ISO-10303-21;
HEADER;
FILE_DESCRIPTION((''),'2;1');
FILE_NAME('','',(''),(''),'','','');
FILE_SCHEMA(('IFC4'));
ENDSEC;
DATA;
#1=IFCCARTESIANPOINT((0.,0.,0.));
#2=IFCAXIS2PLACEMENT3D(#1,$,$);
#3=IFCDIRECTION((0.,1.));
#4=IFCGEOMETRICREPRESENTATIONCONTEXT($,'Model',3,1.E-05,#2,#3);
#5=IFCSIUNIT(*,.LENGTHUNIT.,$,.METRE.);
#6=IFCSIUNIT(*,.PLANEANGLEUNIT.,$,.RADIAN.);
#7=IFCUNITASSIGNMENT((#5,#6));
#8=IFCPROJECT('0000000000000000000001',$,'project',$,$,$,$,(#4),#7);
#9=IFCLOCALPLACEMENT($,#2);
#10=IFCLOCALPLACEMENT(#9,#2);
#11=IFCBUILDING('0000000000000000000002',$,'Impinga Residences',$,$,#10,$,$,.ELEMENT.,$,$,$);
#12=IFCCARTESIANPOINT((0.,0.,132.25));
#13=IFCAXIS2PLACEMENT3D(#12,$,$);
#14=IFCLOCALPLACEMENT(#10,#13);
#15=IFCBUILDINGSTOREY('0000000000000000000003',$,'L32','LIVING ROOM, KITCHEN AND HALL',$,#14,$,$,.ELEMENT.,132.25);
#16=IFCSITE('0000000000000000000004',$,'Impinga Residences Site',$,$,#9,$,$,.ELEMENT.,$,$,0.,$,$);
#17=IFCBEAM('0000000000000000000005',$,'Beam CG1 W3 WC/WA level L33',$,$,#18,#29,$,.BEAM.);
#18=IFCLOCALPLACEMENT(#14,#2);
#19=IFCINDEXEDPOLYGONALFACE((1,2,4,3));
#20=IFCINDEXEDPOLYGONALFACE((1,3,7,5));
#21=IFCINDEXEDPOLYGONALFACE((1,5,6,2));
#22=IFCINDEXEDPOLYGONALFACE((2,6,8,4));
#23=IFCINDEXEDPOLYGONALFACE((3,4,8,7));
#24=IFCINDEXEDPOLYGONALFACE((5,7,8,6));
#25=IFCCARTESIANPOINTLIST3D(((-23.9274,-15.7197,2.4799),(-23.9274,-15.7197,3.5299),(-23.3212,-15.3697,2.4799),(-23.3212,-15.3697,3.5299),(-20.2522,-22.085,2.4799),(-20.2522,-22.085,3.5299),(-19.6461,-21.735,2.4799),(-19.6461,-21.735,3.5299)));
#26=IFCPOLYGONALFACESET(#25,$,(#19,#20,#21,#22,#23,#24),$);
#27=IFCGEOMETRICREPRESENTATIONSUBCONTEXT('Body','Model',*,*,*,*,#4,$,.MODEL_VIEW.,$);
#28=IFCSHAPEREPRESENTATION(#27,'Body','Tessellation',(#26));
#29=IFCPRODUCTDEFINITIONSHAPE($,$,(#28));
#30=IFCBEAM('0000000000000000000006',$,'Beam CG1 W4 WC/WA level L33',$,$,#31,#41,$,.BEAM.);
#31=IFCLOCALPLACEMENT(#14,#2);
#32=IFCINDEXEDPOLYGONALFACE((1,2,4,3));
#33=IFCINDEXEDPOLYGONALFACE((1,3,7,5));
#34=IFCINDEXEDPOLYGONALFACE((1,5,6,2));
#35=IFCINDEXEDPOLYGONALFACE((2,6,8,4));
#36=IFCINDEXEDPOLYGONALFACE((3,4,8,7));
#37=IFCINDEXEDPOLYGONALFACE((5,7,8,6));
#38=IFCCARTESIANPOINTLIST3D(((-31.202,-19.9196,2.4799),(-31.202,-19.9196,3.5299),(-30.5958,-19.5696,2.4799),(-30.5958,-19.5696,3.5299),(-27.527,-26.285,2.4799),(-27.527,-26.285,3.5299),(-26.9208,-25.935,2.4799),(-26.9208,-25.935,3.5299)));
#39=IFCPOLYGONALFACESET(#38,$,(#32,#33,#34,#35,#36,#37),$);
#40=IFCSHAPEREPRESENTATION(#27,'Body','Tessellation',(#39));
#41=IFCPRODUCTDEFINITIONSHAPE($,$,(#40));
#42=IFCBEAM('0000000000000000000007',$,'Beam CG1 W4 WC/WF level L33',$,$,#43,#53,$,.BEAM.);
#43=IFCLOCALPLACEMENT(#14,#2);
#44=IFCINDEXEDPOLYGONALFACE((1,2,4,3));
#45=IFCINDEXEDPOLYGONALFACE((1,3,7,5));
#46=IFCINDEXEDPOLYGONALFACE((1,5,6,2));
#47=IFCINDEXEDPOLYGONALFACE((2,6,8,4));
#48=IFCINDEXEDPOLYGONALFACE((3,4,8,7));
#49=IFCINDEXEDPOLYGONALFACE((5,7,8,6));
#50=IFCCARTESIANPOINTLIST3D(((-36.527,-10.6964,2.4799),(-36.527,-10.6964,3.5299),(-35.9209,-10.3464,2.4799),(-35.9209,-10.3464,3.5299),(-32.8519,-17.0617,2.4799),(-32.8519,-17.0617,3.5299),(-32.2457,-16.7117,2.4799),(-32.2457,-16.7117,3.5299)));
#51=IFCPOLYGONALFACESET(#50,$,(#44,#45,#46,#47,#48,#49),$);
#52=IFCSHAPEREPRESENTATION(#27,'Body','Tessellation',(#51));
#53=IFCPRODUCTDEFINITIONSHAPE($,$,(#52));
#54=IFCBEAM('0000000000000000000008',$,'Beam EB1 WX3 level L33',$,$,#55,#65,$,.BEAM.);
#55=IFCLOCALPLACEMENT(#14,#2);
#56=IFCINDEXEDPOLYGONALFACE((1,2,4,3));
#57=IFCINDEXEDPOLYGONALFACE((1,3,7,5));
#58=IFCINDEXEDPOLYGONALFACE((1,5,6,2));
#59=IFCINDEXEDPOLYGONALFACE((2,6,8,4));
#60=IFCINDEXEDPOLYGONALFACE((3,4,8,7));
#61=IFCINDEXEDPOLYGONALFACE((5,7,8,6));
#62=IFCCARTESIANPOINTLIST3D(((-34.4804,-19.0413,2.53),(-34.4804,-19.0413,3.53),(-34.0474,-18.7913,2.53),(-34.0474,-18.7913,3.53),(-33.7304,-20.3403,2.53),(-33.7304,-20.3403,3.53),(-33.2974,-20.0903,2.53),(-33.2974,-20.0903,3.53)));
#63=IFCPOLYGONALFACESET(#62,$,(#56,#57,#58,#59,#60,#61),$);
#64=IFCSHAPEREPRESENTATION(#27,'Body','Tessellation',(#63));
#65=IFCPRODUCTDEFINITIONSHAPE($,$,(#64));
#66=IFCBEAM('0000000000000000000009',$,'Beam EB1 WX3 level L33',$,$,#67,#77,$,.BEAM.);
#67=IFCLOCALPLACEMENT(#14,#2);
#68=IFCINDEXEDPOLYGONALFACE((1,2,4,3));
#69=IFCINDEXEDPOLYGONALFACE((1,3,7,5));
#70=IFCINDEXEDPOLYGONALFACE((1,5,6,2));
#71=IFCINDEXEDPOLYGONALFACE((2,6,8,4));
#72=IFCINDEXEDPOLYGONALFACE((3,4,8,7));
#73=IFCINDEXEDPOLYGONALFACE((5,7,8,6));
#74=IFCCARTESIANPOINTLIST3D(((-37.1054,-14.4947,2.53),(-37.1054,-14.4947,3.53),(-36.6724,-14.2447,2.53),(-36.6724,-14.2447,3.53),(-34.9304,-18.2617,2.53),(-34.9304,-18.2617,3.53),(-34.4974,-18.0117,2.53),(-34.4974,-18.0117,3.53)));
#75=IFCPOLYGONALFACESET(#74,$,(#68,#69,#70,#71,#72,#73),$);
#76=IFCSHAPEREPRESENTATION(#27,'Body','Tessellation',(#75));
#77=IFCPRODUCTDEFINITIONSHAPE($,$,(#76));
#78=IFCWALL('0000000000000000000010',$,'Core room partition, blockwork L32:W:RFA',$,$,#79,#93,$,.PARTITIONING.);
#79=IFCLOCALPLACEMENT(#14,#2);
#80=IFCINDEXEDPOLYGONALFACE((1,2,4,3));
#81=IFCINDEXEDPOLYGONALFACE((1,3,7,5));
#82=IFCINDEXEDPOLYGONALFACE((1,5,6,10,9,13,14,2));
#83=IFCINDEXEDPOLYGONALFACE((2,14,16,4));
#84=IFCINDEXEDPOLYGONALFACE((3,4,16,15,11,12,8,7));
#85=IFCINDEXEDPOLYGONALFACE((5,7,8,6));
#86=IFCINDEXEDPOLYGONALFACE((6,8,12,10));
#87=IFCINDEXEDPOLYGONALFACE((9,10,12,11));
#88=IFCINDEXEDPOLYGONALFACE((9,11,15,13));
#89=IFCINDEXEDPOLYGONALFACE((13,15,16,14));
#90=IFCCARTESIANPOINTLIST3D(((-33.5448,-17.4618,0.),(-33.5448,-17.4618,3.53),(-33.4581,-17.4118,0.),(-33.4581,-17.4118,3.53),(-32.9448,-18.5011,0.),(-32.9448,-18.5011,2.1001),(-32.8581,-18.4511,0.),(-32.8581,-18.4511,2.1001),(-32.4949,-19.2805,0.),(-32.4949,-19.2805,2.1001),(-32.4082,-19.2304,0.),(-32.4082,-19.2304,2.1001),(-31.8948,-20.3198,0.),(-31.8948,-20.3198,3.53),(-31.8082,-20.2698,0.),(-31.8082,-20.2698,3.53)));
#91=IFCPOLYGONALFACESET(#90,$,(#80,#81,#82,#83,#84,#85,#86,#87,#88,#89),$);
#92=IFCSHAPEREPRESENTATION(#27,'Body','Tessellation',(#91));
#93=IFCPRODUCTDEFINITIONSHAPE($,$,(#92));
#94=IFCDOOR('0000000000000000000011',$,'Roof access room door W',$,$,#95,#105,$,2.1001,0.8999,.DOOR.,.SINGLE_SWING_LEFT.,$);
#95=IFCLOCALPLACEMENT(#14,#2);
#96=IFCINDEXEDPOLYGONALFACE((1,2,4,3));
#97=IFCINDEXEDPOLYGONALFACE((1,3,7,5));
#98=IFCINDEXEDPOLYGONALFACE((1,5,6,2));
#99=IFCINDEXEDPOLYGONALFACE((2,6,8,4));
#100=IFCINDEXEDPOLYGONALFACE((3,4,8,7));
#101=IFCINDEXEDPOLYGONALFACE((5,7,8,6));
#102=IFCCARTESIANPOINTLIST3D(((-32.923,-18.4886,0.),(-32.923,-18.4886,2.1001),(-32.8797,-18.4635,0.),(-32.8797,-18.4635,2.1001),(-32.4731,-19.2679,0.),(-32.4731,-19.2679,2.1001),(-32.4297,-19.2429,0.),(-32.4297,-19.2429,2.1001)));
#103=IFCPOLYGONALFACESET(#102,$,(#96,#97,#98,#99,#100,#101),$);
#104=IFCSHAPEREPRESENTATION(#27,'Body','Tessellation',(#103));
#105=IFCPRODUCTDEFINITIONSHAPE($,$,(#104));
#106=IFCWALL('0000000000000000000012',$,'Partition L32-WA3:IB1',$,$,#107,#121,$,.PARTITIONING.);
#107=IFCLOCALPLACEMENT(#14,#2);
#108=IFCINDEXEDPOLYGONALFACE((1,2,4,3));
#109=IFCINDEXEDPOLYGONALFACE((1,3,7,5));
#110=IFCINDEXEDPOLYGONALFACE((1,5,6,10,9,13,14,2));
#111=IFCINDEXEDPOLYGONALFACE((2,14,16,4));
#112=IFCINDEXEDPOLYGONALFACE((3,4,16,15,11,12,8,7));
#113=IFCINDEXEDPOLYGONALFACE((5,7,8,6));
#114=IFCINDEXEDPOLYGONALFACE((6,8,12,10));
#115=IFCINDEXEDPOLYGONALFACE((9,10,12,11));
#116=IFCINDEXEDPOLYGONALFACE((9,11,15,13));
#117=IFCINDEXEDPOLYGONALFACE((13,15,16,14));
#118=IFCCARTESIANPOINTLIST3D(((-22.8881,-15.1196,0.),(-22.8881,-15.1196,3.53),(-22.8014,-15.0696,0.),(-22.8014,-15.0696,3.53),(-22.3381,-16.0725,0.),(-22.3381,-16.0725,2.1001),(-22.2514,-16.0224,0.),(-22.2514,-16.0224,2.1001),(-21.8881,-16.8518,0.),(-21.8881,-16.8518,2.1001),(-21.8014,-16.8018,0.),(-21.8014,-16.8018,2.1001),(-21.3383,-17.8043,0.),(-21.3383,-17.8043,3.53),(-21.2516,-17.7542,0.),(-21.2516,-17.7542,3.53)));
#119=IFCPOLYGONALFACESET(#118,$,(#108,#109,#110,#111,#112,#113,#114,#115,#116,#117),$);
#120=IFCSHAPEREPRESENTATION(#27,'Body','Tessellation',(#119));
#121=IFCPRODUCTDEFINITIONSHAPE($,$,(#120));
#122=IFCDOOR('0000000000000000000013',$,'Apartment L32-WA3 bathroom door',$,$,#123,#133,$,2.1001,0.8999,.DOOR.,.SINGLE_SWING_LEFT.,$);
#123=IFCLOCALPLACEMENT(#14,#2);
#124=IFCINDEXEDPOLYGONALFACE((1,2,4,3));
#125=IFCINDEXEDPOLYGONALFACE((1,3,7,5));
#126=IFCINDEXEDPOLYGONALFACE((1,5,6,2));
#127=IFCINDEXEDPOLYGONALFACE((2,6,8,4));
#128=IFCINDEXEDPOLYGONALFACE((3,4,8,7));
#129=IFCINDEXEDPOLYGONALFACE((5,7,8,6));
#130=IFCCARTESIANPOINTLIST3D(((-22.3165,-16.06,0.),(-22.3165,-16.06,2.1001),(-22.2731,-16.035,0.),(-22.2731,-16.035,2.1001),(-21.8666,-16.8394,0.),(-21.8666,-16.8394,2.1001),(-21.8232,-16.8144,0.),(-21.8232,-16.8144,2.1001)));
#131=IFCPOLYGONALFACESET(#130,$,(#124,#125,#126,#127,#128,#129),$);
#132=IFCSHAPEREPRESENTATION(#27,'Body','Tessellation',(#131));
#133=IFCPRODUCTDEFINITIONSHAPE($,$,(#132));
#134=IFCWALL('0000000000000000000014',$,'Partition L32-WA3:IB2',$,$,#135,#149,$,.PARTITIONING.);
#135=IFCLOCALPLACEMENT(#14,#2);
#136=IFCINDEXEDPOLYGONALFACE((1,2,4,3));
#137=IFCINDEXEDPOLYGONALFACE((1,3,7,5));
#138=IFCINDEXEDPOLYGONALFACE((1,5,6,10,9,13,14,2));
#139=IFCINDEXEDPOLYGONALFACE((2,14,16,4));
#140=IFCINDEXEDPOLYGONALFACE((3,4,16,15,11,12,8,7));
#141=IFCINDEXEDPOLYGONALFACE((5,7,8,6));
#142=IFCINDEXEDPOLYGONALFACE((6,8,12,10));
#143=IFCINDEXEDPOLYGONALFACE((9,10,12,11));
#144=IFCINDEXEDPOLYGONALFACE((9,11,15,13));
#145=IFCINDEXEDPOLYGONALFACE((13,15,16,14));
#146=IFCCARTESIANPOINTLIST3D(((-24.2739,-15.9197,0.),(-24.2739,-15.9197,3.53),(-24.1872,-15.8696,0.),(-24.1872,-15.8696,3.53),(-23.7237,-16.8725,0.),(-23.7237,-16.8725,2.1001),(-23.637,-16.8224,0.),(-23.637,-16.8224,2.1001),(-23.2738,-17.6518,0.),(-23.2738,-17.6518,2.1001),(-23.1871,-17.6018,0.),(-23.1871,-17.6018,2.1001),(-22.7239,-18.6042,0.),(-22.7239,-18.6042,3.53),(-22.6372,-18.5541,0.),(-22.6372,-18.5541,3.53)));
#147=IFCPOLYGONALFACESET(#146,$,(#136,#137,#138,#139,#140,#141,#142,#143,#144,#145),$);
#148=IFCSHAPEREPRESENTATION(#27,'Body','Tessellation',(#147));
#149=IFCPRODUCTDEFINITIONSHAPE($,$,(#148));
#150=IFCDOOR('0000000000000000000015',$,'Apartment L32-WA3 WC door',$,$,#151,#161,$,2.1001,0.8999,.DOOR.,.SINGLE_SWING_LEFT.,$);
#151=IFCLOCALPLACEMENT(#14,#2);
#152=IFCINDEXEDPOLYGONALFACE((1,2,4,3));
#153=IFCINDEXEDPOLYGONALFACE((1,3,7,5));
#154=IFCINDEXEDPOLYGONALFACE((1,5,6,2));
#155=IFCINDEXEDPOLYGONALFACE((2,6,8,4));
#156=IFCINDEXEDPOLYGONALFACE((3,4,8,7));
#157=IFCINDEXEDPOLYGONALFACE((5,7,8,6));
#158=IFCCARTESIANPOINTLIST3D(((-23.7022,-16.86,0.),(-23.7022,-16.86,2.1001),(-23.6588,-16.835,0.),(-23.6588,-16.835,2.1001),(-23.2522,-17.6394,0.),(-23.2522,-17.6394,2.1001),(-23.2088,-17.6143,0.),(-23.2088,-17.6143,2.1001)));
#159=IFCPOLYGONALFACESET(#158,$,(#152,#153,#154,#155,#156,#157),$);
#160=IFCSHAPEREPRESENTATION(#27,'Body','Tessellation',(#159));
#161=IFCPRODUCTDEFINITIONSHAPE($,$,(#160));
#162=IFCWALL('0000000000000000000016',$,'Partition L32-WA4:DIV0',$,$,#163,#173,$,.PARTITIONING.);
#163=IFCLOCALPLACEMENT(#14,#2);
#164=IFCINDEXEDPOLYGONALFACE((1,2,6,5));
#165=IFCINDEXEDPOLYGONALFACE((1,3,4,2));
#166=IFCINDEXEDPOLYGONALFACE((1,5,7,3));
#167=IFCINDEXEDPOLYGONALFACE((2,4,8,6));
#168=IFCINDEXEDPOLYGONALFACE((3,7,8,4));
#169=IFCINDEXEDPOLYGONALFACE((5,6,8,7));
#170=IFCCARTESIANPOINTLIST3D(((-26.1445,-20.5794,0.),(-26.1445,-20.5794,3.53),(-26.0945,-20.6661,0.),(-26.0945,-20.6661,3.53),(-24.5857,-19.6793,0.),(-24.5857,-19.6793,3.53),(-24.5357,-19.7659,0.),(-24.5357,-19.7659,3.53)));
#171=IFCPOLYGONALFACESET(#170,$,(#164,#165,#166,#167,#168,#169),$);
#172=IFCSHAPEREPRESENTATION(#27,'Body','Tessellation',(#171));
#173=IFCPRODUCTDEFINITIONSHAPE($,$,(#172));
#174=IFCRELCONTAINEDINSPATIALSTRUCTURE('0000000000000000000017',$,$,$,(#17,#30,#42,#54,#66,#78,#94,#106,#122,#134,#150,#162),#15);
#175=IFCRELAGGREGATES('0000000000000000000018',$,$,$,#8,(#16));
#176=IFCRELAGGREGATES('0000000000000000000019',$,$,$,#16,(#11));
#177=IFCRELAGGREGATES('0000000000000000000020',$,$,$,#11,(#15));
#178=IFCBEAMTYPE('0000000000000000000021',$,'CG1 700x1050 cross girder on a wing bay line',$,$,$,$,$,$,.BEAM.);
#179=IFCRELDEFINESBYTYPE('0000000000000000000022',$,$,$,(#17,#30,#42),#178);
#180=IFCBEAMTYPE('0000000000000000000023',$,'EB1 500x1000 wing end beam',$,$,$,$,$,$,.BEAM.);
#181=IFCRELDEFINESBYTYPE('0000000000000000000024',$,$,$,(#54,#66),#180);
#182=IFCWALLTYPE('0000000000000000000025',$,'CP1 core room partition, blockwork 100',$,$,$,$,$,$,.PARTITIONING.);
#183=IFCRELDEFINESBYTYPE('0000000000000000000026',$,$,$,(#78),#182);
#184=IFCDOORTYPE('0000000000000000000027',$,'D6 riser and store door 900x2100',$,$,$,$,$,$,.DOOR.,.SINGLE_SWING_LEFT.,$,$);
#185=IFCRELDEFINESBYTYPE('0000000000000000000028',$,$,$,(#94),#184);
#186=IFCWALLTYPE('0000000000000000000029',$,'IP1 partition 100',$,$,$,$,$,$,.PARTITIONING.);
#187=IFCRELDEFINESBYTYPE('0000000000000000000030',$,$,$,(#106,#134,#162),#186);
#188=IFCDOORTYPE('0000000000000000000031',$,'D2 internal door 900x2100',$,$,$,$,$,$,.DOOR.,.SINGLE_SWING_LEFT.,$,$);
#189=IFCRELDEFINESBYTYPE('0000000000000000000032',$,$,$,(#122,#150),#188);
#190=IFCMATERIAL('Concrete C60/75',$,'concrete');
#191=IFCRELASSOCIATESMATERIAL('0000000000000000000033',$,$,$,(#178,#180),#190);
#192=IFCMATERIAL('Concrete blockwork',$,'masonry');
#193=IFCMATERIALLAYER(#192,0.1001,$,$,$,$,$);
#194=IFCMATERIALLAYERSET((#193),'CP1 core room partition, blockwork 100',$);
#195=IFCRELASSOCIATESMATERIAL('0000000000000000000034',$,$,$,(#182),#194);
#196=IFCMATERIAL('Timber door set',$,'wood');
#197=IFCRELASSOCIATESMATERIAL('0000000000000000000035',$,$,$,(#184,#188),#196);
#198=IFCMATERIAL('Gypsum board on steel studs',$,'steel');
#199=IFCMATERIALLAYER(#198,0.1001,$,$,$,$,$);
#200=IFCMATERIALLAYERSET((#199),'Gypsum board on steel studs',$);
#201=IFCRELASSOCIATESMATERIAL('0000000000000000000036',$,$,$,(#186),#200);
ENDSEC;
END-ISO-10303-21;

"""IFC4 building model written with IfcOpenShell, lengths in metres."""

from ifc_helpers import new_model, si_unit, direction, frame, frame_2d, origin, origin_2d, place, context, subcontext, project, spatial, rectangle, extrude, material, layer, layer_set, material_profile, profile_set, type_object, element, fill, save


model = new_model("IFC4")

# Units and contexts
model_context = context("Model", 3, precision=1e-05, world=origin(), true_north=direction((0.0, 1.0)))
body_context = subcontext(model_context, "Body", "Model", "MODEL_VIEW")
ifc_project = project(units=[si_unit("LENGTHUNIT", "METRE"), si_unit("PLANEANGLEUNIT", "RADIAN")], contexts=[model_context])

# Site, building, storey
site_placement = place(None, origin())
site = spatial("IfcSite", under=ifc_project, at=site_placement, Name="Impinga Residences Site", CompositionType="ELEMENT", RefElevation=0.0)
building_placement = place(site_placement, origin())
building = spatial("IfcBuilding", under=site, at=building_placement, Name="Impinga Residences", CompositionType="ELEMENT")
storey_placement = place(building_placement, frame((0.0, 0.0, 132.25)))
storey = spatial("IfcBuildingStorey", under=building, at=storey_placement, Name="L32", Description="LIVING ROOM, KITCHEN AND HALL", CompositionType="ELEMENT", Elevation=132.25)

# Beams
ifc_material_1 = material(Name="Concrete C60/75", Category="concrete")
ifc_material_profile_1 = material_profile(ifc_material_1, rectangle(XDim=0.7, YDim=1.05, at=origin_2d()), Name="RC 700x1050")
ifc_profile_set_1 = profile_set([ifc_material_profile_1], Name="Concrete C60/75")
beam_type_1 = type_object("IfcBeamType", Name="CG1 700x1050 cross girder on a wing bay line", PredefinedType="BEAM", material=ifc_profile_set_1)
for number, where, z_axis, x_axis, name in (
    (1, (-23.6243, -15.5447, 3.0049), (0.500008, -0.866021, 0.0), (0.866021, 0.500008, 0.0), "Beam CG1 W3 WC/WA level L33"),
    (2, (-30.8989, -19.7446, 3.0049), (0.499994, -0.866029, 0.0), (0.866029, 0.499994, 0.0), "Beam CG1 W4 WC/WA level L33"),
    (3, (-32.5488, -16.8867, 3.0049), (-0.500008, 0.866021, 0.0), (-0.866021, -0.500008, 0.0), "Beam CG1 W4 WC/WF level L33"),
):
    element("IfcBeam", number, at=place(storey_placement, frame(where, z_axis=z_axis, x_axis=x_axis)), inside=storey, type_object=beam_type_1, Name=name, PredefinedType="BEAM", context=body_context, shape_type="SweptSolid", body=[
        extrude(rectangle(XDim=0.7, YDim=1.05, at=origin_2d()), origin(), (0.0, 0.0, 1.0), 7.3501),
    ])
ifc_material_profile_2 = material_profile(ifc_material_1, rectangle(XDim=0.5, YDim=1.0, at=origin_2d()), Name="RC 500x1000")
ifc_profile_set_2 = profile_set([ifc_material_profile_2], Name="Concrete C60/75")
beam_type_2 = type_object("IfcBeamType", Name="EB1 500x1000 wing end beam", PredefinedType="BEAM", material=ifc_profile_set_2)
beam_1_placement = place(storey_placement, frame((-33.5139, -20.2153, 3.03), z_axis=(-0.49999, 0.866031, 0.0), x_axis=(-0.866031, -0.49999, 0.0)))
element("IfcBeam", 4, at=beam_1_placement, inside=storey, type_object=beam_type_2, Name="Beam EB1 WX3 level L33", PredefinedType="BEAM", context=body_context, shape_type="SweptSolid", body=[
    extrude(rectangle(XDim=0.5, YDim=1.0, at=origin_2d()), origin(), (0.0, 0.0, 1.0), 1.5),
])
beam_2_placement = place(storey_placement, frame((-34.7139, -18.1367, 3.03), z_axis=(-0.50002, 0.866014, 0.0), x_axis=(-0.866014, -0.50002, 0.0)))
element("IfcBeam", 5, at=beam_2_placement, inside=storey, type_object=beam_type_2, Name="Beam EB1 WX3 level L33", PredefinedType="BEAM", context=body_context, shape_type="SweptSolid", body=[
    extrude(rectangle(XDim=0.5, YDim=1.0, at=origin_2d()), origin(), (0.0, 0.0, 1.0), 4.3499),
])

# Walls, openings, doors
ifc_material_2 = material(Name="Concrete blockwork", Category="masonry")
ifc_layer_1 = layer(ifc_material_2, 0.1001)
ifc_layer_set_1 = layer_set([ifc_layer_1], Name="CP1 core room partition, blockwork 100")
wall_type_1 = type_object("IfcWallType", Name="CP1 core room partition, blockwork 100", PredefinedType="PARTITIONING", material=ifc_layer_set_1)
wall_1_placement = place(storey_placement, frame((-31.8516, -20.2947, 0.0), z_axis=(0.0, 0.0, 1.0), x_axis=(-0.499974, 0.86604, 0.0)))
wall_1 = element("IfcWall", 6, at=wall_1_placement, inside=storey, type_object=wall_type_1, Name="Core room partition, blockwork L32:W:RFA", PredefinedType="PARTITIONING", context=body_context, shape_type="SweptSolid", body=[
    extrude(rectangle(XDim=3.3, YDim=0.1001, at=frame_2d((1.6499, 0.0))), origin(), (0.0, 0.0, 1.0), 3.53),
])
opening_1_placement = place(wall_1_placement, frame((1.2, 0.0, 0.0)))
opening_1 = element("IfcOpeningElement", 7, at=opening_1_placement, cuts=wall_1, PredefinedType="OPENING", context=body_context, shape_type="SweptSolid", body=[
    extrude(rectangle(XDim=0.8999, YDim=2.1001, at=frame_2d((0.45, 1.05))), frame((0.0, 0.0601, 0.0), z_axis=(0.0, -1.0, 0.0), x_axis=(1.0, 0.0, 0.0)), (0.0, 0.0, 1.0), 0.1201),
])
ifc_material_3 = material(Name="Timber door set", Category="wood")
door_type_1 = type_object("IfcDoorType", Name="D6 riser and store door 900x2100", OperationType="SINGLE_SWING_LEFT", PredefinedType="DOOR", material=ifc_material_3)
door_1_placement = place(opening_1_placement, origin())
door_1 = element("IfcDoor", 8, at=door_1_placement, inside=storey, type_object=door_type_1, Name="Roof access room door W", OperationType="SINGLE_SWING_LEFT", OverallHeight=2.1001, OverallWidth=0.8999, PredefinedType="DOOR", context=body_context, shape_type="SweptSolid", body=[
    extrude(rectangle(XDim=0.8999, YDim=2.1001, at=frame_2d((0.45, 1.05))), frame((0.0, 0.0249, 0.0), z_axis=(0.0, -1.0, 0.0), x_axis=(1.0, 0.0, 0.0)), (0.0, 0.0, 1.0), 0.05),
])
fill(opening_1, door_1)
ifc_material_4 = material(Name="Gypsum board on steel studs", Category="steel")
ifc_layer_2 = layer(ifc_material_4, 0.1001)
ifc_layer_set_2 = layer_set([ifc_layer_2], Name="Gypsum board on steel studs")
wall_type_2 = type_object("IfcWallType", Name="IP1 partition 100", PredefinedType="PARTITIONING", material=ifc_layer_set_2)
wall_2_placement = place(storey_placement, frame((-22.8447, -15.0947, 0.0), z_axis=(0.0, 0.0, 1.0), x_axis=(0.499968, -0.866044, 0.0)))
wall_2 = element("IfcWall", 9, at=wall_2_placement, inside=storey, type_object=wall_type_2, Name="Partition L32-WA3:IB1", PredefinedType="PARTITIONING", context=body_context, shape_type="SweptSolid", body=[
    extrude(rectangle(XDim=3.0999, YDim=0.1001, at=frame_2d((1.5498, 0.0))), origin(), (0.0, 0.0, 1.0), 3.53),
])
opening_2_placement = place(wall_2_placement, frame((1.1001, 0.0, 0.0)))
opening_2 = element("IfcOpeningElement", 10, at=opening_2_placement, cuts=wall_2, PredefinedType="OPENING", context=body_context, shape_type="SweptSolid", body=[
    extrude(rectangle(XDim=0.8999, YDim=2.1001, at=frame_2d((0.45, 1.05))), frame((0.0, 0.0601, 0.0), z_axis=(0.0, -1.0, 0.0), x_axis=(1.0, 0.0, 0.0)), (0.0, 0.0, 1.0), 0.1201),
])
door_type_2 = type_object("IfcDoorType", Name="D2 internal door 900x2100", OperationType="SINGLE_SWING_LEFT", PredefinedType="DOOR", material=ifc_material_3)
door_2_placement = place(opening_2_placement, origin())
door_2 = element("IfcDoor", 11, at=door_2_placement, inside=storey, type_object=door_type_2, Name="Apartment L32-WA3 bathroom door", OperationType="SINGLE_SWING_LEFT", OverallHeight=2.1001, OverallWidth=0.8999, PredefinedType="DOOR", context=body_context, shape_type="SweptSolid", body=[
    extrude(rectangle(XDim=0.8999, YDim=2.1001, at=frame_2d((0.45, 1.05))), frame((0.0, 0.0249, 0.0), z_axis=(0.0, -1.0, 0.0), x_axis=(1.0, 0.0, 0.0)), (0.0, 0.0, 1.0), 0.05),
])
fill(opening_2, door_2)
wall_3_placement = place(storey_placement, frame((-24.2305, -15.8948, 0.0), z_axis=(0.0, 0.0, 1.0), x_axis=(0.500027, -0.86601, 0.0)))
wall_3 = element("IfcWall", 12, at=wall_3_placement, inside=storey, type_object=wall_type_2, Name="Partition L32-WA3:IB2", PredefinedType="PARTITIONING", context=body_context, shape_type="SweptSolid", body=[
    extrude(rectangle(XDim=3.0999, YDim=0.1001, at=frame_2d((1.5498, 0.0))), origin(), (0.0, 0.0, 1.0), 3.53),
])
opening_3_placement = place(wall_3_placement, frame((1.1001, 0.0, 0.0)))
opening_3 = element("IfcOpeningElement", 13, at=opening_3_placement, cuts=wall_3, PredefinedType="OPENING", context=body_context, shape_type="SweptSolid", body=[
    extrude(rectangle(XDim=0.8999, YDim=2.1001, at=frame_2d((0.45, 1.05))), frame((0.0, 0.0601, 0.0), z_axis=(0.0, -1.0, 0.0), x_axis=(1.0, 0.0, 0.0)), (0.0, 0.0, 1.0), 0.1201),
])
door_3_placement = place(opening_3_placement, origin())
door_3 = element("IfcDoor", 14, at=door_3_placement, inside=storey, type_object=door_type_2, Name="Apartment L32-WA3 WC door", OperationType="SINGLE_SWING_LEFT", OverallHeight=2.1001, OverallWidth=0.8999, PredefinedType="DOOR", context=body_context, shape_type="SweptSolid", body=[
    extrude(rectangle(XDim=0.8999, YDim=2.1001, at=frame_2d((0.45, 1.05))), frame((0.0, 0.0249, 0.0), z_axis=(0.0, -1.0, 0.0), x_axis=(1.0, 0.0, 0.0)), (0.0, 0.0, 1.0), 0.05),
])
fill(opening_3, door_3)

# Wall
wall_4_placement = place(storey_placement, frame((-24.5608, -19.7227, 0.0), z_axis=(0.0, 0.0, 1.0), x_axis=(-0.865989, -0.500063, 0.0)))
element("IfcWall", 15, at=wall_4_placement, inside=storey, type_object=wall_type_2, Name="Partition L32-WA4:DIV0", PredefinedType="PARTITIONING", context=body_context, shape_type="SweptSolid", body=[
    extrude(rectangle(XDim=1.8, YDim=0.1001, at=frame_2d((0.8999, 0.0))), origin(), (0.0, 0.0, 1.0), 3.53),
])

save(model, "model.ifc")
